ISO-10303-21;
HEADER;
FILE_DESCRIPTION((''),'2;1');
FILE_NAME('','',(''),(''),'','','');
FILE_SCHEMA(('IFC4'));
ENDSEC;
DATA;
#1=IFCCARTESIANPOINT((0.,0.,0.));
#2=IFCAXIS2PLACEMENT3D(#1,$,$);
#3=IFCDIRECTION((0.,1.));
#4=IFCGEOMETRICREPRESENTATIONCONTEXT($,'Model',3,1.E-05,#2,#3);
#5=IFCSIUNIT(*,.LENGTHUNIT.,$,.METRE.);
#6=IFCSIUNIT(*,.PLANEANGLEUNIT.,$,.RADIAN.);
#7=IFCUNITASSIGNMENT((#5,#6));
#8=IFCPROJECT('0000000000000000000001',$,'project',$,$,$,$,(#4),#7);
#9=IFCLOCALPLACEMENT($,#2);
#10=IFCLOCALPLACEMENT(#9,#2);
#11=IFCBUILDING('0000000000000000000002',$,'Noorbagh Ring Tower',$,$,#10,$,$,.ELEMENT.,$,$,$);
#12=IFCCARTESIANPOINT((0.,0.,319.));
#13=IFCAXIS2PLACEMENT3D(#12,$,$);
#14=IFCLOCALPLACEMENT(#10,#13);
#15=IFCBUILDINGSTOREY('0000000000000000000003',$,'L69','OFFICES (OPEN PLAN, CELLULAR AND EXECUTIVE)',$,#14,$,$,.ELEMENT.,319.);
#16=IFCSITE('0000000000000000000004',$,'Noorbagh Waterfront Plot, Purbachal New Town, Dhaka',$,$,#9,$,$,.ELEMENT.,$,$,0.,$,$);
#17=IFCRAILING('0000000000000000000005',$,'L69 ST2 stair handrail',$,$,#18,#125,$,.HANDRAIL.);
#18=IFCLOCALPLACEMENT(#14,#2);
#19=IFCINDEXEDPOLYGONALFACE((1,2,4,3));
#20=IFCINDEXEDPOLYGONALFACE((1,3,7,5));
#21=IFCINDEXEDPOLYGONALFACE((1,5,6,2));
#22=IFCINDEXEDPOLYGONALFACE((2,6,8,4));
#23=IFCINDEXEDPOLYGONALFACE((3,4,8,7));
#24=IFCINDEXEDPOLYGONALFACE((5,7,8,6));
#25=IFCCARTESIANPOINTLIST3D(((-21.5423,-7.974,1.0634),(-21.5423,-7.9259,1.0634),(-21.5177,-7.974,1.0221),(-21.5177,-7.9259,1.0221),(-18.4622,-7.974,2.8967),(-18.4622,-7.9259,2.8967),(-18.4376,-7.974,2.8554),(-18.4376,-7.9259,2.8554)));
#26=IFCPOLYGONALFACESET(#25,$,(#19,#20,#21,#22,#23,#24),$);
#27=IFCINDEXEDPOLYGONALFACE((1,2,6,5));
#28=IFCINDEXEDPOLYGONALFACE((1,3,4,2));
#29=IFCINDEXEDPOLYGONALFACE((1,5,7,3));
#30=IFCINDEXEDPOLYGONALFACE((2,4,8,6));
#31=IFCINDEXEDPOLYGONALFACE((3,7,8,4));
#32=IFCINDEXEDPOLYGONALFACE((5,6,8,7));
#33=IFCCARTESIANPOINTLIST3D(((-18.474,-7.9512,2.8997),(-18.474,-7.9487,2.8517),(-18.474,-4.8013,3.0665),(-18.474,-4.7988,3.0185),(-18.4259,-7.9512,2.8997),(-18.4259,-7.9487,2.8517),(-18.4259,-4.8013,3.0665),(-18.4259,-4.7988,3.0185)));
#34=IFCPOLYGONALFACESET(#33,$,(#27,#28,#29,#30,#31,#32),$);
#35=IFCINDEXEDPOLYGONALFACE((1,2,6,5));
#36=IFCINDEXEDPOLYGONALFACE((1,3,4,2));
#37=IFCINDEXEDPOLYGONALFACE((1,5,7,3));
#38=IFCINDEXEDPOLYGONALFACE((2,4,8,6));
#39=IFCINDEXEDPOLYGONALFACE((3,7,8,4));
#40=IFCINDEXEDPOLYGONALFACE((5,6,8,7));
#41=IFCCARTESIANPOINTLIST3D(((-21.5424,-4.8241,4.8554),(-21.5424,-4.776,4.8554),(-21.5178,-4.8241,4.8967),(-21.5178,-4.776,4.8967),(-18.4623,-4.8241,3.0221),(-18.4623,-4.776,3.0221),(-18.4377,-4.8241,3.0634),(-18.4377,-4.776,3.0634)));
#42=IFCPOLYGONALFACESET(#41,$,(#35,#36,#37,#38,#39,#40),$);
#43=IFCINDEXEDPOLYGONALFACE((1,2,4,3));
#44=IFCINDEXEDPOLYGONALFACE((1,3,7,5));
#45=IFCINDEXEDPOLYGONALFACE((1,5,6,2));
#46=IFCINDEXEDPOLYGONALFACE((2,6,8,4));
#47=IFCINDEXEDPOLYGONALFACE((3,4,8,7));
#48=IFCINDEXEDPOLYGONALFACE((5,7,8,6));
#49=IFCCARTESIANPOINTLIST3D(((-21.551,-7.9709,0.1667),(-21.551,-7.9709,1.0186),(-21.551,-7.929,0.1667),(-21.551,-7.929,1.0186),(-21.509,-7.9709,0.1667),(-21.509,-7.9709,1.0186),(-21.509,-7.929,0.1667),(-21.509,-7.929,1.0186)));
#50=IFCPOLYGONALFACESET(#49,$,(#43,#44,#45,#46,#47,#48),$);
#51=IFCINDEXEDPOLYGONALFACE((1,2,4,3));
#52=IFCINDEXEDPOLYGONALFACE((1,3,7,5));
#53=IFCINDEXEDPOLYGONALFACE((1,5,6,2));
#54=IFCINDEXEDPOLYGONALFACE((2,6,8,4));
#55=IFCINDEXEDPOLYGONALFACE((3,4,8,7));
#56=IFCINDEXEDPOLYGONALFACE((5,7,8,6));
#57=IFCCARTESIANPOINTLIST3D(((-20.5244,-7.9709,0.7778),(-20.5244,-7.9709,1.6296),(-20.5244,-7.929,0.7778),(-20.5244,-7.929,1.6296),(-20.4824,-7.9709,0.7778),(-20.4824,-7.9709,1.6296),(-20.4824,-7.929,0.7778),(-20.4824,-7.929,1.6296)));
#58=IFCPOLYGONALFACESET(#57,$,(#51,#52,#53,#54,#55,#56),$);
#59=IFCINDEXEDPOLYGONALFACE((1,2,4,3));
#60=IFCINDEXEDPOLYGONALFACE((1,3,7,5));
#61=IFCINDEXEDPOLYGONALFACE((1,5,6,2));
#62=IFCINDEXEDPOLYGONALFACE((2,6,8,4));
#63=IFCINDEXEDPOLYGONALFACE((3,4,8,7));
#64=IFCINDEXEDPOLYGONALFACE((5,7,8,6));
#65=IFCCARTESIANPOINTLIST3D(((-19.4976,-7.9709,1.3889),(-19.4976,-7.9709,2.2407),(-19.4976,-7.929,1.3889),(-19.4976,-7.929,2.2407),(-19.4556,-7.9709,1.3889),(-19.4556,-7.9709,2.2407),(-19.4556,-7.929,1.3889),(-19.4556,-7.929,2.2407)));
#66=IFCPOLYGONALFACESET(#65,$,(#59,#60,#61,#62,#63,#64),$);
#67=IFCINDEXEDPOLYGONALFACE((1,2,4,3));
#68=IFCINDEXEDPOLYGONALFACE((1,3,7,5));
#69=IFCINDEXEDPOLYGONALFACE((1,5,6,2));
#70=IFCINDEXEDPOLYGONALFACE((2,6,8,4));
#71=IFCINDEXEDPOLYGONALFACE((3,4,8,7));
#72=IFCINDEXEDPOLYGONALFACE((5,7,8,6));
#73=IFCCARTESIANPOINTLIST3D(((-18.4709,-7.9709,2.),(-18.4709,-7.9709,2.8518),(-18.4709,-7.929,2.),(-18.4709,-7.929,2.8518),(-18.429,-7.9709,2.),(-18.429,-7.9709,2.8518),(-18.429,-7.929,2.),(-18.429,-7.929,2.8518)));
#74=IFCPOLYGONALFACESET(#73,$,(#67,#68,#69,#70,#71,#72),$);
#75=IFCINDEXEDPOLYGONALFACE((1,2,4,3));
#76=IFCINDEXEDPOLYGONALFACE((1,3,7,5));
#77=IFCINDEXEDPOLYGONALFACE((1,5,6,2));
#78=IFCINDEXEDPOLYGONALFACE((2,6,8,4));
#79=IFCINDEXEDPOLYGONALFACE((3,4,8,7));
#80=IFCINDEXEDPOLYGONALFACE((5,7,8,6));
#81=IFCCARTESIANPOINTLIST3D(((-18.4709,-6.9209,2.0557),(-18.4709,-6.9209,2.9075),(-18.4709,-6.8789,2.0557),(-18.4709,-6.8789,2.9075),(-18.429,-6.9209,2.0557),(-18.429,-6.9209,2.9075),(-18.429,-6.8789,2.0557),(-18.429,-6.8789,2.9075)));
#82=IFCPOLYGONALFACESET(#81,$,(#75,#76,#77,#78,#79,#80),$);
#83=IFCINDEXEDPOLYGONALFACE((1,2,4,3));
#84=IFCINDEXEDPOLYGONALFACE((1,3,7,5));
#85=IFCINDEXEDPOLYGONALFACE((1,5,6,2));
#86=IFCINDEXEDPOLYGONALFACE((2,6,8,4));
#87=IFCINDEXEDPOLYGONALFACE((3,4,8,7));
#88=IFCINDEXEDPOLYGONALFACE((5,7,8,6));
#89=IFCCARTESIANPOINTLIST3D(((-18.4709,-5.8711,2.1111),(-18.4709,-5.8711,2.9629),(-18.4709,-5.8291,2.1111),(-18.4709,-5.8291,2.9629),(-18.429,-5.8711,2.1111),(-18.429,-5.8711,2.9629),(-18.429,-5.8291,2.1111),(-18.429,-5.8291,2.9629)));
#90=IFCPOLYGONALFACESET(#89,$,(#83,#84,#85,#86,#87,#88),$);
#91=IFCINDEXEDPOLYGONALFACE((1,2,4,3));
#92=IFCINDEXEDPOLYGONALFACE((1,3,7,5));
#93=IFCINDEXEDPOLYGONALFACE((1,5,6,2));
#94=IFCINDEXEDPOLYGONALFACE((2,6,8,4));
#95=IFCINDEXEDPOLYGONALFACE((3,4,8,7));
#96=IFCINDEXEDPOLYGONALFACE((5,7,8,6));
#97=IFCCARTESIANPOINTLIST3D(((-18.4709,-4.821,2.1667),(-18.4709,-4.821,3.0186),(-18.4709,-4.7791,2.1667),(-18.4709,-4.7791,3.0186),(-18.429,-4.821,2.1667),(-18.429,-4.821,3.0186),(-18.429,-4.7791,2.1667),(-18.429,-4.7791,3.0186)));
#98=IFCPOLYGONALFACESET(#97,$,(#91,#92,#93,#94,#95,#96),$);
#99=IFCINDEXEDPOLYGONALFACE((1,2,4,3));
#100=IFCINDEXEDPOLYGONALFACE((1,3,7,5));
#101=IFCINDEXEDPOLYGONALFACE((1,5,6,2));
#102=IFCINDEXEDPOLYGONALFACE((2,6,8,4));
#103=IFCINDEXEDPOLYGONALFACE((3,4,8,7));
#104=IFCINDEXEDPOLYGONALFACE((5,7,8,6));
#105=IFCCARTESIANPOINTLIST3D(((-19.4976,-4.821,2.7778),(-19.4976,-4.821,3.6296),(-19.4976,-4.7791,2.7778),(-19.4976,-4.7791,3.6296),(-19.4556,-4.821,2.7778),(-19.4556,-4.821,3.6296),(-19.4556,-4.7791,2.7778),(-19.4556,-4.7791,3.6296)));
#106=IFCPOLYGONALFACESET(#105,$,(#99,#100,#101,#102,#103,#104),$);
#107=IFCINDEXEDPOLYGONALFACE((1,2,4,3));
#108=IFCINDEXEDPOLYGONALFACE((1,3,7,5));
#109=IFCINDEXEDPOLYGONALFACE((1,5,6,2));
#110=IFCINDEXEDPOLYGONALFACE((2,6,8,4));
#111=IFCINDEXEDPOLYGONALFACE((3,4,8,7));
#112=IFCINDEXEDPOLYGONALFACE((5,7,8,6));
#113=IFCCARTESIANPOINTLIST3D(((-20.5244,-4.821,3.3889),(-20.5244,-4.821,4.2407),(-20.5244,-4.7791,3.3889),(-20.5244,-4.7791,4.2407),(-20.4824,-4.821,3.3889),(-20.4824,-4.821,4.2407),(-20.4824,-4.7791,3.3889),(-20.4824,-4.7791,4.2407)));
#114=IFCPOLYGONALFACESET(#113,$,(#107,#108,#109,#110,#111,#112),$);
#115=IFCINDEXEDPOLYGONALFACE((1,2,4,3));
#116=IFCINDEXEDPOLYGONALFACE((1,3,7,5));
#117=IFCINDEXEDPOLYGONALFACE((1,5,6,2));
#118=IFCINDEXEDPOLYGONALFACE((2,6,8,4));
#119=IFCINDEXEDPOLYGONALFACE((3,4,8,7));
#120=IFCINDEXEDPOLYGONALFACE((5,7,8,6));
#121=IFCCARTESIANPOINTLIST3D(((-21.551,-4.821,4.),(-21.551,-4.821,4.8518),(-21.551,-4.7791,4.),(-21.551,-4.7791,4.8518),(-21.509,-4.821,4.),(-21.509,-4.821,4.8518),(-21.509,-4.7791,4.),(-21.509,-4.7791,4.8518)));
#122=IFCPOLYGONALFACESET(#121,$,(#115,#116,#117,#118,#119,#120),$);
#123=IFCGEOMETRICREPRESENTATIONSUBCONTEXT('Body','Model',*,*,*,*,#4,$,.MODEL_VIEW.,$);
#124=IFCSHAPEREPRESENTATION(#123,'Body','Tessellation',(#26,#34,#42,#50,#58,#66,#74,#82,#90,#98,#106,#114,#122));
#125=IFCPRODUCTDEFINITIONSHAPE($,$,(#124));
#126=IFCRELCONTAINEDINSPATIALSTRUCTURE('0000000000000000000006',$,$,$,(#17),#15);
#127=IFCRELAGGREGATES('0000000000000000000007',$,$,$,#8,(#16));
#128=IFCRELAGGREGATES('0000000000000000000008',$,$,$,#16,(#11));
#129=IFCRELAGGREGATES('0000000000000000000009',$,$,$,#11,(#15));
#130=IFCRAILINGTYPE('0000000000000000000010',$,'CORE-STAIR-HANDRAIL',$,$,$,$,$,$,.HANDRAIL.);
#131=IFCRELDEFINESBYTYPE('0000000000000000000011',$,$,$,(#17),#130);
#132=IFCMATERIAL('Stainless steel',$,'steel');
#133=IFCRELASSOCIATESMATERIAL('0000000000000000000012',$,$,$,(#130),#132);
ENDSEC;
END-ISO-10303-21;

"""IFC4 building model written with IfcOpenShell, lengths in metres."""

from ifc_helpers import new_model, si_unit, direction, frame, origin, origin_2d, place, context, subcontext, project, spatial, rectangle, extrude, material, type_object, element, save


model = new_model("IFC4")

# Units and contexts
model_context = context("Model", 3, precision=1e-05, world=origin(), true_north=direction((0.0, 1.0)))
body_context = subcontext(model_context, "Body", "Model", "MODEL_VIEW")
ifc_project = project(units=[si_unit("LENGTHUNIT", "METRE"), si_unit("PLANEANGLEUNIT", "RADIAN")], contexts=[model_context])

# Site, building, storey
site_placement = place(None, origin())
site = spatial("IfcSite", under=ifc_project, at=site_placement, Name="Noorbagh Waterfront Plot, Purbachal New Town, Dhaka", CompositionType="ELEMENT", RefElevation=0.0)
building_placement = place(site_placement, origin())
building = spatial("IfcBuilding", under=site, at=building_placement, Name="Noorbagh Ring Tower", CompositionType="ELEMENT")
storey_placement = place(building_placement, frame((0.0, 0.0, 319.0)))
storey = spatial("IfcBuildingStorey", under=building, at=storey_placement, Name="L69", Description="OFFICES (OPEN PLAN, CELLULAR AND EXECUTIVE)", CompositionType="ELEMENT", Elevation=319.0)

# Railing
ifc_material_1 = material(Name="Stainless steel", Category="steel")
railing_type_1 = type_object("IfcRailingType", Name="CORE-STAIR-HANDRAIL", PredefinedType="HANDRAIL", material=ifc_material_1)
railing_1_placement = place(storey_placement, frame((-21.53, -7.95, 0.1667)))
element("IfcRailing", 1, at=railing_1_placement, inside=storey, type_object=railing_type_1, Name="L69 ST2 stair handrail", PredefinedType="HANDRAIL", context=body_context, shape_type="SweptSolid", body=[
    extrude(rectangle(XDim=0.0481, YDim=0.0481, at=origin_2d()), frame((0.0, 0.0, 0.876), z_axis=(0.859309, 0.0, 0.511458), x_axis=(0.0, 1.0, 0.0)), (0.0, 0.0, 1.0), 3.5845),
    extrude(rectangle(XDim=0.0481, YDim=0.0481, at=origin_2d()), frame((3.0801, 0.0, 2.709), z_axis=(0.0, 0.998602, 0.052864), x_axis=(-1.0, 0.0, 0.0)), (0.0, 0.0, 1.0), 3.1543),
    extrude(rectangle(XDim=0.0481, YDim=0.0481, at=origin_2d()), frame((3.0801, 3.1499, 2.876), z_axis=(-0.859309, 0.0, 0.511458), x_axis=(0.0, -1.0, 0.0)), (0.0, 0.0, 1.0), 3.5845),
    extrude(rectangle(XDim=0.042, YDim=0.042, at=origin_2d()), origin(), (0.0, 0.0, 1.0), 0.8518),
    extrude(rectangle(XDim=0.042, YDim=0.042, at=origin_2d()), frame((1.0266, 0.0, 0.6111)), (0.0, 0.0, 1.0), 0.8518),
    extrude(rectangle(XDim=0.042, YDim=0.042, at=origin_2d()), frame((2.0535, 0.0, 1.2222)), (0.0, 0.0, 1.0), 0.8518),
    extrude(rectangle(XDim=0.042, YDim=0.042, at=origin_2d()), frame((3.0801, 0.0, 1.8333)), (0.0, 0.0, 1.0), 0.8518),
    extrude(rectangle(XDim=0.042, YDim=0.042, at=origin_2d()), frame((3.0801, 1.05, 1.8889)), (0.0, 0.0, 1.0), 0.8518),
    extrude(rectangle(XDim=0.042, YDim=0.042, at=origin_2d()), frame((3.0801, 2.0999, 1.9443)), (0.0, 0.0, 1.0), 0.8518),
    extrude(rectangle(XDim=0.042, YDim=0.042, at=origin_2d()), frame((3.0801, 3.1499, 2.0)), (0.0, 0.0, 1.0), 0.8518),
    extrude(rectangle(XDim=0.042, YDim=0.042, at=origin_2d()), frame((2.0535, 3.1499, 2.6111)), (0.0, 0.0, 1.0), 0.8518),
    extrude(rectangle(XDim=0.042, YDim=0.042, at=origin_2d()), frame((1.0266, 3.1499, 3.2222)), (0.0, 0.0, 1.0), 0.8518),
    extrude(rectangle(XDim=0.042, YDim=0.042, at=origin_2d()), frame((0.0, 3.1499, 3.8333)), (0.0, 0.0, 1.0), 0.8518),
])

save(model, "model.ifc")
